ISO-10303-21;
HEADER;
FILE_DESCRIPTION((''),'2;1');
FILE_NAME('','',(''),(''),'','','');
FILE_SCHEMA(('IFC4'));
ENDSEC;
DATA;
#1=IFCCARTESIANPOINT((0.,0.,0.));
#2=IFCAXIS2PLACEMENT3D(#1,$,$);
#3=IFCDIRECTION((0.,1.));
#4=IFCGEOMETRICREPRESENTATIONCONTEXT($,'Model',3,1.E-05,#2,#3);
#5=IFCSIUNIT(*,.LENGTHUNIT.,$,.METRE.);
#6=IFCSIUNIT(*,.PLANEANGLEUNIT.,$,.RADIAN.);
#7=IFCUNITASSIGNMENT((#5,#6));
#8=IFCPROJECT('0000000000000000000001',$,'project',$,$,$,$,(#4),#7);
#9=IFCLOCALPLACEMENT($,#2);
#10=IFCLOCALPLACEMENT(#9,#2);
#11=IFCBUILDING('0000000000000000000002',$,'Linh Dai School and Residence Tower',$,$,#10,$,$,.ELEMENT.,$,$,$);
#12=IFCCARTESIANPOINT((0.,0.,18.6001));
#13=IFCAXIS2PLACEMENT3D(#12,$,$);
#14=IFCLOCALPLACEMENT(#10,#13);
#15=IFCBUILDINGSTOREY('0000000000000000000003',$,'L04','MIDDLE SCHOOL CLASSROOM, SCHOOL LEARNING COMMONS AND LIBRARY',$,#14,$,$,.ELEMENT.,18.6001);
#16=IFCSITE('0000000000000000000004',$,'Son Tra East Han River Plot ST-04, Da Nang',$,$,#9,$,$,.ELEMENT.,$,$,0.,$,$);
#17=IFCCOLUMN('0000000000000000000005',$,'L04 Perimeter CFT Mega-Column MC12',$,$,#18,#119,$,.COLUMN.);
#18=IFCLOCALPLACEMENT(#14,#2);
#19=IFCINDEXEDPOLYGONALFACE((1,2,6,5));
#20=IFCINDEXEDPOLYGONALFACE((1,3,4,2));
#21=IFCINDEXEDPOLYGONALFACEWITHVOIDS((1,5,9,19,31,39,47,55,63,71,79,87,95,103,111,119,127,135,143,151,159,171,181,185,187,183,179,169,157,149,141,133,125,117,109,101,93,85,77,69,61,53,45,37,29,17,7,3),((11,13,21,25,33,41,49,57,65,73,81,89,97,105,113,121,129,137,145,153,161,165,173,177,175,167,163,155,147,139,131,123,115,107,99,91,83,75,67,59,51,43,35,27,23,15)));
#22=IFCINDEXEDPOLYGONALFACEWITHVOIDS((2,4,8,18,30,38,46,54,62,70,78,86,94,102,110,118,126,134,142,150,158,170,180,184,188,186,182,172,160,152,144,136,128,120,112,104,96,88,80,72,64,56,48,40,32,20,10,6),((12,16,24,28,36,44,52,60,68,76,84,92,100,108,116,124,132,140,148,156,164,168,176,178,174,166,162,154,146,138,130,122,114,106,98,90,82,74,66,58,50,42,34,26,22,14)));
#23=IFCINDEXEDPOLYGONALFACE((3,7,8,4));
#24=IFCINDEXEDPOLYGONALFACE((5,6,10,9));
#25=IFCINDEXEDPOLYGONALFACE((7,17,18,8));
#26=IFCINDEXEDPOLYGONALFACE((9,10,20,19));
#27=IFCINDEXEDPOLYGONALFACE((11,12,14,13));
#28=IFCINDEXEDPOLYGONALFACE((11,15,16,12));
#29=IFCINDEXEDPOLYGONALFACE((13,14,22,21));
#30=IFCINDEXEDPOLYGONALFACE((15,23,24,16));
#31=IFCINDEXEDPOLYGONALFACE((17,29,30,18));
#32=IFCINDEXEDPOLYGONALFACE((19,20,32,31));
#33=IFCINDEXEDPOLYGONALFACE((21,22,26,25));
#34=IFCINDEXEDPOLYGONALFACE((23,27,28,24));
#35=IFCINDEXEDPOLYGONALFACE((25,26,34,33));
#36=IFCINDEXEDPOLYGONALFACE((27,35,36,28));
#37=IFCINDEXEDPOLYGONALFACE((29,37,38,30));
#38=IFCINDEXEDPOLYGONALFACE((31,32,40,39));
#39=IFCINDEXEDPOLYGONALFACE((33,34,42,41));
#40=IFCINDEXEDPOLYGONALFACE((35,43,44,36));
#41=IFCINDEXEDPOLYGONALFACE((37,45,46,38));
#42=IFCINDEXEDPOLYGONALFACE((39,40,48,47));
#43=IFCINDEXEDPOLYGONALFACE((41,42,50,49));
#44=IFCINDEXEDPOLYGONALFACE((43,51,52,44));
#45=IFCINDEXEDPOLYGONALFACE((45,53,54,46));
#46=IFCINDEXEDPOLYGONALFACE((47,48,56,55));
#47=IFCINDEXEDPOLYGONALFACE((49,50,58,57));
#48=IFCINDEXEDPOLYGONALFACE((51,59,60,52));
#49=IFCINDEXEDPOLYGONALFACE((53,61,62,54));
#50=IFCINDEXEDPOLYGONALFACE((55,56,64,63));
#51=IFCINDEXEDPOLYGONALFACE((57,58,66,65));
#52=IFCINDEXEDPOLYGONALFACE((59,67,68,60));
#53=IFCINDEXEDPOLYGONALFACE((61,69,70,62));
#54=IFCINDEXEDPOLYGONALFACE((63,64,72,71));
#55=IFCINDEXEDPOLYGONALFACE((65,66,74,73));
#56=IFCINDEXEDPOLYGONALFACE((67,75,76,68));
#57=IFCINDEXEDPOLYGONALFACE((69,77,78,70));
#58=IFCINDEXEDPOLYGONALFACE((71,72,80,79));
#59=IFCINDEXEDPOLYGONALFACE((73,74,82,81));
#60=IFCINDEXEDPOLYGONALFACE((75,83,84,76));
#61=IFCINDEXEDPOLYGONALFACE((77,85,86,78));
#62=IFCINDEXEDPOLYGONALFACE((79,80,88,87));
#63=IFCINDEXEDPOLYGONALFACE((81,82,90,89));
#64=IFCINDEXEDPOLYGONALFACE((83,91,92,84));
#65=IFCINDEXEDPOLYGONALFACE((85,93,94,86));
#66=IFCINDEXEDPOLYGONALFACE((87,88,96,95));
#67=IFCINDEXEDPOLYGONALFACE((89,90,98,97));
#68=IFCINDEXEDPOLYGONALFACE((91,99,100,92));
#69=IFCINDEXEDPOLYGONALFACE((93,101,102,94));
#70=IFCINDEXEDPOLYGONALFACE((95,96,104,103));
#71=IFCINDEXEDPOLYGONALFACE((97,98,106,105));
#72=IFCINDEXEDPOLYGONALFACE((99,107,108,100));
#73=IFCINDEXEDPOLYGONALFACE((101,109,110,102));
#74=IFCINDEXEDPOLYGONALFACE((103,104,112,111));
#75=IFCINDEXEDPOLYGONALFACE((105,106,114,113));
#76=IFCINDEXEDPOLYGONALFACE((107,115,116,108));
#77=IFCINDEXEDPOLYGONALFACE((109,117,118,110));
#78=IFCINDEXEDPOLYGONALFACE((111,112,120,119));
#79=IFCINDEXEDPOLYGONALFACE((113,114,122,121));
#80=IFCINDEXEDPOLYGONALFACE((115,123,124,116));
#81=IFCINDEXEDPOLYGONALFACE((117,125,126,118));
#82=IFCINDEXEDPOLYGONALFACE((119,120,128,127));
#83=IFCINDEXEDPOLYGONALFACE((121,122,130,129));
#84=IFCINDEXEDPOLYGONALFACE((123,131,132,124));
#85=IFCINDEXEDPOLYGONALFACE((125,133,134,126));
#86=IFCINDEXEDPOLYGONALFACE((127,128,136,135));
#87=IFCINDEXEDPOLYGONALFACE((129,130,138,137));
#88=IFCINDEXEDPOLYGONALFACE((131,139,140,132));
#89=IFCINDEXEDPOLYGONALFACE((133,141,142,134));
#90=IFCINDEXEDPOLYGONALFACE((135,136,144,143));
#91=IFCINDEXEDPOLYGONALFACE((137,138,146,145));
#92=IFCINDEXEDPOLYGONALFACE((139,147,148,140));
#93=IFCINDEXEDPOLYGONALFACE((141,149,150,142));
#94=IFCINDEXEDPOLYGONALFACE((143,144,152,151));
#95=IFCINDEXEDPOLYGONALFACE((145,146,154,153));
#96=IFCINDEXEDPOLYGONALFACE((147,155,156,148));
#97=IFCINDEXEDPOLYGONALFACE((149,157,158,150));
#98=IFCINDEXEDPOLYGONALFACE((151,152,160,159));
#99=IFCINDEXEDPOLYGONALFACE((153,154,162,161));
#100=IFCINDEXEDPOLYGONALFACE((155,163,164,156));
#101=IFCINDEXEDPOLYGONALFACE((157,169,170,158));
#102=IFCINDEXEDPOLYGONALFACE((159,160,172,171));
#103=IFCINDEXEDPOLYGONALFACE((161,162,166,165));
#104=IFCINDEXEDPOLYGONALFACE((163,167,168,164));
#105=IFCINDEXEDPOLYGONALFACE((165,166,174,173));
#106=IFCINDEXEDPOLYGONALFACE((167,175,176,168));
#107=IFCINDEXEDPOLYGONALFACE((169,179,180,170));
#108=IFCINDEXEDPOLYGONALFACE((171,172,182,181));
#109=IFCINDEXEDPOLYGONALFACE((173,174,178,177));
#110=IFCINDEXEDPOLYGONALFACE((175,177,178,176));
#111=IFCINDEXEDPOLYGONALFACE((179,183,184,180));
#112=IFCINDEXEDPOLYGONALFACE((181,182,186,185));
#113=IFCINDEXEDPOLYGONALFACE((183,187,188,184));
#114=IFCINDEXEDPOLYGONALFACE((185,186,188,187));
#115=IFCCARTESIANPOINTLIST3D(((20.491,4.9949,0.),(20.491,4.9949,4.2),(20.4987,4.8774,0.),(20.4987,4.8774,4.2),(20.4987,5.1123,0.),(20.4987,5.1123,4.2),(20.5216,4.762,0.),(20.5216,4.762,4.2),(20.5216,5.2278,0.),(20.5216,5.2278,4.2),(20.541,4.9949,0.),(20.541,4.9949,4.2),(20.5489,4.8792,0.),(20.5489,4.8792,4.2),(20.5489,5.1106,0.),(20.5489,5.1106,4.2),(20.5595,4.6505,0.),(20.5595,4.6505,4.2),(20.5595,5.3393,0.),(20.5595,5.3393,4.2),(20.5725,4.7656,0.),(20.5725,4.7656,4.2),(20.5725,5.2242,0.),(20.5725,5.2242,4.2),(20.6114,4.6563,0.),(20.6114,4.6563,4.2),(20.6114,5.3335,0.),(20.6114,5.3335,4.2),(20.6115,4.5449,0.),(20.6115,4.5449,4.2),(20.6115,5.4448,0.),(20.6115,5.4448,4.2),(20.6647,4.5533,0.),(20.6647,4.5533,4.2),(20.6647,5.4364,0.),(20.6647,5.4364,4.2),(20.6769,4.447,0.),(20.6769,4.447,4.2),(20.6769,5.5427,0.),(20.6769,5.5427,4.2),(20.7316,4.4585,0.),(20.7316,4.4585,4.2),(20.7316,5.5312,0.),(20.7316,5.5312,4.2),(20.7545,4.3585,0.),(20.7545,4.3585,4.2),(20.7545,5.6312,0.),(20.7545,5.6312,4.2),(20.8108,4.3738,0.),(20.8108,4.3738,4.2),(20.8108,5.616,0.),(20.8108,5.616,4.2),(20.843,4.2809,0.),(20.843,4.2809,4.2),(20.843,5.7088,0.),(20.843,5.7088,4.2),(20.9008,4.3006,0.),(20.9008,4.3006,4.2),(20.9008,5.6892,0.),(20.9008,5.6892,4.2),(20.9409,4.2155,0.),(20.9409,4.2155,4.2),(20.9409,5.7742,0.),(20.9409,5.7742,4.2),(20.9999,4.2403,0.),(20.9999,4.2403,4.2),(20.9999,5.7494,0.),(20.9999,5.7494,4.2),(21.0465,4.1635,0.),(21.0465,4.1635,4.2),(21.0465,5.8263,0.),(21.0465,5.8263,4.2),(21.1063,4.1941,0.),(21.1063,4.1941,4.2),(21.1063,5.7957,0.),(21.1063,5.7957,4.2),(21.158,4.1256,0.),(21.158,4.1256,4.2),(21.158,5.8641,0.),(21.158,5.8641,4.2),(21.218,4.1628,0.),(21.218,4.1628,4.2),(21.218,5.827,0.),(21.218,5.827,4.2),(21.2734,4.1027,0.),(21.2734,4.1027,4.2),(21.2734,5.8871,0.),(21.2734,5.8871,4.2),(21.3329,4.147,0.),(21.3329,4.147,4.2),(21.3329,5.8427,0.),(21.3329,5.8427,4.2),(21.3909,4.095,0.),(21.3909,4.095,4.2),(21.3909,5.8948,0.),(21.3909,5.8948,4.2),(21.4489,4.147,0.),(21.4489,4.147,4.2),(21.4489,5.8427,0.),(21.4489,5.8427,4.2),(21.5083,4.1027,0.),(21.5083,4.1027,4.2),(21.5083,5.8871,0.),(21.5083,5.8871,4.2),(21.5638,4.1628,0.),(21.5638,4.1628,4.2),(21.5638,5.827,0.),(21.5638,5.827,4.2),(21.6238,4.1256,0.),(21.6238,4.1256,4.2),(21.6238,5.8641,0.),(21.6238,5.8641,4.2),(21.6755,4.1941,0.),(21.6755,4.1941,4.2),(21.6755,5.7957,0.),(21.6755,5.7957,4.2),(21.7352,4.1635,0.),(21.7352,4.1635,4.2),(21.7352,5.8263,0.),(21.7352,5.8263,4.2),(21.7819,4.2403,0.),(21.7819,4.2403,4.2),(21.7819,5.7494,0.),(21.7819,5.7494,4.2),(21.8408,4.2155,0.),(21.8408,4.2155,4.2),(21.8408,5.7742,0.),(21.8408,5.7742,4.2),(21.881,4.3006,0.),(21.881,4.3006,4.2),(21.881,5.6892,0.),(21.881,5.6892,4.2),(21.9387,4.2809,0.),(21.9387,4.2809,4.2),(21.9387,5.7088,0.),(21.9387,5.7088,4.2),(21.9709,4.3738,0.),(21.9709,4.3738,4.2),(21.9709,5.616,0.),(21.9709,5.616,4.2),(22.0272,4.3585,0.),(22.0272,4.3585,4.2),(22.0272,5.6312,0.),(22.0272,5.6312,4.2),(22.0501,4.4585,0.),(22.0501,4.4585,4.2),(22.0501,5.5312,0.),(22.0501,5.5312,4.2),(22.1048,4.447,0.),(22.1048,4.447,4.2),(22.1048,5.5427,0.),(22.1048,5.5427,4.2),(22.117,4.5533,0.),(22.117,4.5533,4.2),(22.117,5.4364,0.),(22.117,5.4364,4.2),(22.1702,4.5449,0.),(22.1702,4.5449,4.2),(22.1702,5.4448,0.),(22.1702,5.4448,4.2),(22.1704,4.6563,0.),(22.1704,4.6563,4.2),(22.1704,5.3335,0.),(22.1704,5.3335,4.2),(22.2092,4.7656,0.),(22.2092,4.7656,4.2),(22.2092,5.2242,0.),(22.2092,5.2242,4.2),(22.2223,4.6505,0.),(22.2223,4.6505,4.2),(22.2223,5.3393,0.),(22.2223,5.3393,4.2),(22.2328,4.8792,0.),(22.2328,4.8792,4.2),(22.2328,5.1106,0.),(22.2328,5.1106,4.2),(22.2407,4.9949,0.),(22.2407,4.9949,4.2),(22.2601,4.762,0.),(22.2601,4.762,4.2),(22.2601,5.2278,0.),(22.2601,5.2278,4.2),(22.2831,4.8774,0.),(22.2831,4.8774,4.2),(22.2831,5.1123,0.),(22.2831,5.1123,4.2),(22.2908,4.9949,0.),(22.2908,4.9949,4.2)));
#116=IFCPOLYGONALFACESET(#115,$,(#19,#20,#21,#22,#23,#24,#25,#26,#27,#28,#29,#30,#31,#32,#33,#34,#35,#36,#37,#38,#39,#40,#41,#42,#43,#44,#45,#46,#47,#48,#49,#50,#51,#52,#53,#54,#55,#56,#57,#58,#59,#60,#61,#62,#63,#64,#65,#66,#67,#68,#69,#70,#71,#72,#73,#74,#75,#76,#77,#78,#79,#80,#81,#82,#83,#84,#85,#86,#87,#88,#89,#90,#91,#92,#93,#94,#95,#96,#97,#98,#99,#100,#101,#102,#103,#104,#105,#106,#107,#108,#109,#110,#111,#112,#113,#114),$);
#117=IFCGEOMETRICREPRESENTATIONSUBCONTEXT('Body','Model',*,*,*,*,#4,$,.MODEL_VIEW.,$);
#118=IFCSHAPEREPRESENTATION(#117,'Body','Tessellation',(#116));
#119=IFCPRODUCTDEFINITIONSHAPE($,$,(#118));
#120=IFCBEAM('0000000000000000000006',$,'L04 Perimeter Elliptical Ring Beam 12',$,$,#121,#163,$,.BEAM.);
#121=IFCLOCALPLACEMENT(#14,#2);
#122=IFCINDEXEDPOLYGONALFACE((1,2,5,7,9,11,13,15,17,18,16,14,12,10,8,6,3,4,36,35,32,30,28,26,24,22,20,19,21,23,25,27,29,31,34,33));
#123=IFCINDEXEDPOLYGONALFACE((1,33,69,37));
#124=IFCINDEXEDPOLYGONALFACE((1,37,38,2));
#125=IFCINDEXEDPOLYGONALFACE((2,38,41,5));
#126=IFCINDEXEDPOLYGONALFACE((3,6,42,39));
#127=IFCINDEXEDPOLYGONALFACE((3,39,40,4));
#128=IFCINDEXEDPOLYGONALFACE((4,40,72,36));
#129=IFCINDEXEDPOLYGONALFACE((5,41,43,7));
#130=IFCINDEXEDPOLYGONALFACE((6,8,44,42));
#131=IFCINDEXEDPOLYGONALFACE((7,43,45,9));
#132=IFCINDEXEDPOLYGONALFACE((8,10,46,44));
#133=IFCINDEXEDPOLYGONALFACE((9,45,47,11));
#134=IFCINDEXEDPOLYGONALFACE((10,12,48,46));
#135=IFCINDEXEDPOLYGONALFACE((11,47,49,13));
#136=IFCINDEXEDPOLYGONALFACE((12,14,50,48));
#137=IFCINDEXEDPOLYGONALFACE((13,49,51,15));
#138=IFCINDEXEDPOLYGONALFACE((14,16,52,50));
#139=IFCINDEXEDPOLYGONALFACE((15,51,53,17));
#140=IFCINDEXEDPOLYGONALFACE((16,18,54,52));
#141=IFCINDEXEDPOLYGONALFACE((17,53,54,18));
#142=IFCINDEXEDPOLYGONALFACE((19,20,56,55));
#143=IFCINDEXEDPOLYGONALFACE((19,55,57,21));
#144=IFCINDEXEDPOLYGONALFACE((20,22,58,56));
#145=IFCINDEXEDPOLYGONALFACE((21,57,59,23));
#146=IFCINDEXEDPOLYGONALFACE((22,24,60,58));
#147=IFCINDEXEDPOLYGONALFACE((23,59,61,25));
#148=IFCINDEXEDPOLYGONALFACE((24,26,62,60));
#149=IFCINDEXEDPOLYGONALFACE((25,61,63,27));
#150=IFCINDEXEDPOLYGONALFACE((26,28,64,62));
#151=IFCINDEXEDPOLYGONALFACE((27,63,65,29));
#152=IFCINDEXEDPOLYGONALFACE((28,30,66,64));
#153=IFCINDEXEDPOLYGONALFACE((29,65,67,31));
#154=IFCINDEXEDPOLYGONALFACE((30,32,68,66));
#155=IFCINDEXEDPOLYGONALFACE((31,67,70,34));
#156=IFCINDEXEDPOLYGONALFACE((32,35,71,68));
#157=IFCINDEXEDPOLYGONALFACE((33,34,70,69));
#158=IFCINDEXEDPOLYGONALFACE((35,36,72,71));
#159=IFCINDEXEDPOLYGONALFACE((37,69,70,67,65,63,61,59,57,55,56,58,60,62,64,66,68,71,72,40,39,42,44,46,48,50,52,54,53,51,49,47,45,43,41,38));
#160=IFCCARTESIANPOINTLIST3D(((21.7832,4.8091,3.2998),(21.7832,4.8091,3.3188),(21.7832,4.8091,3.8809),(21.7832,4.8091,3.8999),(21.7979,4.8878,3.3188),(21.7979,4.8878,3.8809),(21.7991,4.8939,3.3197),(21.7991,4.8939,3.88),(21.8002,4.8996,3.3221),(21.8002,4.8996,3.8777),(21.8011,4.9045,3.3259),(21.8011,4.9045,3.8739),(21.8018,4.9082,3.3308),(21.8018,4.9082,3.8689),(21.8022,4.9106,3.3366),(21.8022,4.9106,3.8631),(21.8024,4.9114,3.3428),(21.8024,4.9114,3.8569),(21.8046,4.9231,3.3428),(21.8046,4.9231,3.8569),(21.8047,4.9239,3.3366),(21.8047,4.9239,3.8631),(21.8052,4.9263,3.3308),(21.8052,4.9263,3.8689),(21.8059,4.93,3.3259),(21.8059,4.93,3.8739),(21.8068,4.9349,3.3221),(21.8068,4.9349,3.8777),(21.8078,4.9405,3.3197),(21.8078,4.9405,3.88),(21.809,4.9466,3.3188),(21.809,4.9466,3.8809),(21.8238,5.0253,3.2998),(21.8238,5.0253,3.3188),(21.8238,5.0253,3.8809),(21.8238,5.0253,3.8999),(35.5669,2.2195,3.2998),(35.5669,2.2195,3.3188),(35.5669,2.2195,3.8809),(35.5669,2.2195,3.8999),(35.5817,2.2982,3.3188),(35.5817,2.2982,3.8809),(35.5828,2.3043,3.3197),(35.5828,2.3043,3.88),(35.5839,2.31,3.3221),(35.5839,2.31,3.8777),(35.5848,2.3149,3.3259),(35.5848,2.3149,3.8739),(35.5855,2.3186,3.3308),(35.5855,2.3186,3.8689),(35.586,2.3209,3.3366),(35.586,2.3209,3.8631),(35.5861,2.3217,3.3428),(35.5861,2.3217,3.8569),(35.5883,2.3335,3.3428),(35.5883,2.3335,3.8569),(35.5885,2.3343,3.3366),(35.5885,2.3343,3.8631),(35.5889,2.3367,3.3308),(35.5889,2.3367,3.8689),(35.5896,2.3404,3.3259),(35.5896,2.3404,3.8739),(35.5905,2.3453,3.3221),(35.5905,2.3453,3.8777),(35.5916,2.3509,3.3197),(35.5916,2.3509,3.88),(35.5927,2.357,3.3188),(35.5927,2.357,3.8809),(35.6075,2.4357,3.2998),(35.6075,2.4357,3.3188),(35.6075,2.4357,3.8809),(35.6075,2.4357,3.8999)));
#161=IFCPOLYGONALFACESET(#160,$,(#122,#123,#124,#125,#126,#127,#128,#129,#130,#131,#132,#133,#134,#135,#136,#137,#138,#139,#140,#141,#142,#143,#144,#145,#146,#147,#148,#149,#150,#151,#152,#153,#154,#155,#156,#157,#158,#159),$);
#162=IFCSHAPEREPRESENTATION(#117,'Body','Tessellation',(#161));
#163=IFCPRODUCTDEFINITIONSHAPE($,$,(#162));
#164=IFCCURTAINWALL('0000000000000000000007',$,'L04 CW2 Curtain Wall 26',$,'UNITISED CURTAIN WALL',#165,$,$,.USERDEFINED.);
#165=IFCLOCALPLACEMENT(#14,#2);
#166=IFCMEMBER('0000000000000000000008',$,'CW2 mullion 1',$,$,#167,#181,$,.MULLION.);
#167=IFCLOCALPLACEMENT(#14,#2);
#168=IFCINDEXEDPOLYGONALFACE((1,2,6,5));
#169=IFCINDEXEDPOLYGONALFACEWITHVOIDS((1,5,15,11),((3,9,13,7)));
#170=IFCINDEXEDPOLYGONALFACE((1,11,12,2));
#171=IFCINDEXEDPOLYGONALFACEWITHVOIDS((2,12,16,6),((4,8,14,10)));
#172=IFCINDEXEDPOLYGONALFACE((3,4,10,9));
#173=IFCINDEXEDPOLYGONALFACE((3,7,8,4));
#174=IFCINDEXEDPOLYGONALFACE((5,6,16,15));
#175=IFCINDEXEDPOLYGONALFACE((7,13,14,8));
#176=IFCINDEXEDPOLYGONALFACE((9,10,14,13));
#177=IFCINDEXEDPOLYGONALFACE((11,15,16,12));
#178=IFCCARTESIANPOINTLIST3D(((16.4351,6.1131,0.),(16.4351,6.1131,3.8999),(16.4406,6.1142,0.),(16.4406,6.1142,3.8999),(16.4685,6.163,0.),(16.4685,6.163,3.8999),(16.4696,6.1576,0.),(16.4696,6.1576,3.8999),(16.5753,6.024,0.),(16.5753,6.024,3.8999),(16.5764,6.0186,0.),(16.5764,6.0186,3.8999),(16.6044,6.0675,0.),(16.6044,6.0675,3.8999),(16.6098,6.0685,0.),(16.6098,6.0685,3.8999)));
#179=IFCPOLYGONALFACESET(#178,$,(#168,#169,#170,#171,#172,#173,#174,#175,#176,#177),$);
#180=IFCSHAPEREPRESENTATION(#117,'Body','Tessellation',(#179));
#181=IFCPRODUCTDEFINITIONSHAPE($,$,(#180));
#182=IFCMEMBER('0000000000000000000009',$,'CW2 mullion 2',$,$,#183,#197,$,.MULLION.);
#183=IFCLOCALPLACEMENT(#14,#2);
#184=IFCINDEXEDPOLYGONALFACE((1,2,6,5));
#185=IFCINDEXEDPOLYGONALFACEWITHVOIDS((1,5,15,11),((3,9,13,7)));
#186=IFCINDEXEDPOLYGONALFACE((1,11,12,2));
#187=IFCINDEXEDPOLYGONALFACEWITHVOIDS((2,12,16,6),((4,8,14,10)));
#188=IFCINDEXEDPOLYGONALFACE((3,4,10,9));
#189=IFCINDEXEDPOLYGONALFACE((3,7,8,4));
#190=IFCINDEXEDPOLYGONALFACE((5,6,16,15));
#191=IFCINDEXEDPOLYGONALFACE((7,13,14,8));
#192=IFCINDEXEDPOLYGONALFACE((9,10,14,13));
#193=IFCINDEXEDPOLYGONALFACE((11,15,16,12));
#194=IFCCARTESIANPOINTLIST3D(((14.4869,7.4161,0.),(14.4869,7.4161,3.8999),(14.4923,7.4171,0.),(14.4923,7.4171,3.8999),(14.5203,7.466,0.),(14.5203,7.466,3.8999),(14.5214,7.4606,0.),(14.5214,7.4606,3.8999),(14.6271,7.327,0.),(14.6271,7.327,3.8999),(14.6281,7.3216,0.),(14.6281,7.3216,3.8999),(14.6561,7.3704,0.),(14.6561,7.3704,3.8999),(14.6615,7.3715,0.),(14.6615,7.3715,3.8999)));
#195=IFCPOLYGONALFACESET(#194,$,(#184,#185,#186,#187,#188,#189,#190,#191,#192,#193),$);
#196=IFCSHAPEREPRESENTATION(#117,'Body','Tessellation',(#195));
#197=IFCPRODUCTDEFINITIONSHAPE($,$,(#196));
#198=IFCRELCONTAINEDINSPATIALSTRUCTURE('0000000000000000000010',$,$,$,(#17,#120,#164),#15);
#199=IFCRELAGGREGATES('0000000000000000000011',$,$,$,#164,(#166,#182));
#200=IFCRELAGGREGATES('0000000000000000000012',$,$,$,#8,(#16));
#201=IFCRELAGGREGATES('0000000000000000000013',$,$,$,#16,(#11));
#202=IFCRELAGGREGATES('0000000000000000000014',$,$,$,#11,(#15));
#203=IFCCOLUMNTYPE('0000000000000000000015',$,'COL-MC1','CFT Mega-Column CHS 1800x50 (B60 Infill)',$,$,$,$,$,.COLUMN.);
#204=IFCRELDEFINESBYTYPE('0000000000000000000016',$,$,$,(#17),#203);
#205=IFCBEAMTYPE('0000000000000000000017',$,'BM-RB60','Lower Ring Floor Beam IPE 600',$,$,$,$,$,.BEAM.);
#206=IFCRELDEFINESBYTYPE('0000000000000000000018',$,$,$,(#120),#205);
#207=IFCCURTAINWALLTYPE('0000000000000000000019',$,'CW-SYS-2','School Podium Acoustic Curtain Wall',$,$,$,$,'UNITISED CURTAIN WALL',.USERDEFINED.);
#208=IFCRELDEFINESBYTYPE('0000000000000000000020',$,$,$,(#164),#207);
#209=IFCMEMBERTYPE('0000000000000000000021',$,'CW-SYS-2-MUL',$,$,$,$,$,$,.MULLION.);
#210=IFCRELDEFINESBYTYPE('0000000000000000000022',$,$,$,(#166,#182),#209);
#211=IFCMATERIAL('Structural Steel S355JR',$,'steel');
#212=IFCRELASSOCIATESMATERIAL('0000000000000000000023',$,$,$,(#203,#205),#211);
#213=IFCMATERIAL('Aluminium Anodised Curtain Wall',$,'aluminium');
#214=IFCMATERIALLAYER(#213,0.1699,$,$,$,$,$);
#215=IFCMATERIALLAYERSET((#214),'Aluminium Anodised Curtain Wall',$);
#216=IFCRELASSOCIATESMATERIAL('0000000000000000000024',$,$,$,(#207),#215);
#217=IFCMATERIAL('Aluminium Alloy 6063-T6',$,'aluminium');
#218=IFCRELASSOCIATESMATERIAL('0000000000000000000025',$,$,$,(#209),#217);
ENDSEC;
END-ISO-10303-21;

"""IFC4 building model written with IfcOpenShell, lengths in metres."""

from ifc_helpers import new_model, si_unit, direction, frame, origin, origin_2d, place, context, subcontext, project, spatial, hollow_rectangle, hollow_circle, i_section, extrude, source, transform, mapped, material, layer, layer_set, material_profile, profile_set, type_object, element, aggregate, save


model = new_model("IFC4")

# Units and contexts
model_context = context("Model", 3, precision=1e-05, world=origin(), true_north=direction((0.0, 1.0)))
body_context = subcontext(model_context, "Body", "Model", "MODEL_VIEW")
ifc_project = project(units=[si_unit("LENGTHUNIT", "METRE"), si_unit("PLANEANGLEUNIT", "RADIAN")], contexts=[model_context])

# Site, building, storey
site_placement = place(None, origin())
site = spatial("IfcSite", under=ifc_project, at=site_placement, Name="Son Tra East Han River Plot ST-04, Da Nang", CompositionType="ELEMENT", RefElevation=0.0)
building_placement = place(site_placement, origin())
building = spatial("IfcBuilding", under=site, at=building_placement, Name="Linh Dai School and Residence Tower", CompositionType="ELEMENT")
storey_placement = place(building_placement, frame((0.0, 0.0, 18.6001)))
storey = spatial("IfcBuildingStorey", under=building, at=storey_placement, Name="L04", Description="MIDDLE SCHOOL CLASSROOM, SCHOOL LEARNING COMMONS AND LIBRARY", CompositionType="ELEMENT", Elevation=18.6001)

# Column
ifc_material_1 = material(Name="Structural Steel S355JR", Category="steel")
ifc_material_profile_1 = material_profile(ifc_material_1, hollow_circle(Radius=0.8999, WallThickness=0.05, at=origin_2d()), Name="CHS 1800x50")
ifc_profile_set_1 = profile_set([ifc_material_profile_1], Name="Structural Steel S355JR")
column_type = type_object("IfcColumnType", Name="COL-MC1", Description="CFT Mega-Column CHS 1800x50 (B60 Infill)", PredefinedType="COLUMN", material=ifc_profile_set_1)
column_placement = place(storey_placement, frame((21.3909, 4.9949, 0.0), z_axis=(0.0, 0.0, 1.0), x_axis=(1.0, 0.0, 0.0)))
element("IfcColumn", 1, at=column_placement, inside=storey, type_object=column_type, Name="L04 Perimeter CFT Mega-Column MC12", PredefinedType="COLUMN", context=body_context, shape_type="SweptSolid", body=[
    extrude(hollow_circle(Radius=0.8999, WallThickness=0.05, at=origin_2d()), origin(), (0.0, 0.0, 1.0), 4.2),
])

# Beam
ifc_material_profile_2 = material_profile(ifc_material_1, i_section(OverallWidth=0.22, OverallDepth=0.6001, WebThickness=0.012, FlangeThickness=0.019, FilletRadius=0.0239, at=origin_2d()), Name="IPE 600")
ifc_profile_set_2 = profile_set([ifc_material_profile_2], Name="Structural Steel S355JR")
beam_type = type_object("IfcBeamType", Name="BM-RB60", Description="Lower Ring Floor Beam IPE 600", PredefinedType="BEAM", material=ifc_profile_set_2)
beam_placement = place(storey_placement, frame((21.8035, 4.9172, 3.5999), z_axis=(0.982806, -0.184644, 0.0), x_axis=(0.184644, 0.982806, 0.0)))
element("IfcBeam", 2, at=beam_placement, inside=storey, type_object=beam_type, Name="L04 Perimeter Elliptical Ring Beam 12", PredefinedType="BEAM", context=body_context, shape_type="SweptSolid", body=[
    extrude(i_section(OverallWidth=0.22, OverallDepth=0.6001, WebThickness=0.012, FlangeThickness=0.019, FilletRadius=0.0239, at=origin_2d()), origin(), (0.0, 0.0, 1.0), 14.0249),
])

# Curtain wall, members
ifc_material_2 = material(Name="Aluminium Anodised Curtain Wall", Category="aluminium")
ifc_layer_1 = layer(ifc_material_2, 0.1699)
ifc_layer_set_1 = layer_set([ifc_layer_1], Name="Aluminium Anodised Curtain Wall")
curtain_wall_type = type_object("IfcCurtainWallType", Name="CW-SYS-2", Description="School Podium Acoustic Curtain Wall", ElementType="UNITISED CURTAIN WALL", PredefinedType="USERDEFINED", material=ifc_layer_set_1)
curtain_wall_placement = place(storey_placement, origin())
curtain_wall = element("IfcCurtainWall", 3, at=curtain_wall_placement, inside=storey, type_object=curtain_wall_type, Name="L04 CW2 Curtain Wall 26", ObjectType="UNITISED CURTAIN WALL", PredefinedType="USERDEFINED")
ifc_material_3 = material(Name="Aluminium Alloy 6063-T6", Category="aluminium")
ifc_material_profile_3 = material_profile(ifc_material_3, hollow_rectangle(XDim=0.0601, YDim=0.1699, WallThickness=0.0039, at=origin_2d()), Name="RHS 170x60x4")
ifc_profile_set_3 = profile_set([ifc_material_profile_3], Name="Aluminium Alloy 6063-T6")
member_type_1 = type_object("IfcMemberType", Name="CW-SYS-2-MUL", PredefinedType="MULLION", material=ifc_profile_set_3)
shared_shape_1 = source(origin(), body_context, "Body", "SweptSolid", [
    extrude(hollow_rectangle(XDim=0.0601, YDim=0.1699, WallThickness=0.0039, at=origin_2d()), origin(), (0.0, 0.0, 1.0), 3.8999),
])
member_1_placement = place(storey_placement, frame((16.5225, 6.0908, 0.0), z_axis=(0.0, 0.0, 1.0), x_axis=(-0.555957, -0.831211, 0.0)))
member_1 = element("IfcMember", 4, at=member_1_placement, type_object=member_type_1, Name="CW2 mullion 1", PredefinedType="MULLION", context=body_context, shape_type="MappedRepresentation", body=[
    mapped(shared_shape_1, transform((0.0, 0.0, 0.0), x_axis=(1.0, 0.0, 0.0), y_axis=(0.0, 1.0, 0.0), z_axis=(0.0, 0.0, 1.0), scale=1.0)),
])
member_2_placement = place(storey_placement, frame((14.5742, 7.3938, 0.0), z_axis=(0.0, 0.0, 1.0), x_axis=(-0.555957, -0.831211, 0.0)))
member_2 = element("IfcMember", 5, at=member_2_placement, type_object=member_type_1, Name="CW2 mullion 2", PredefinedType="MULLION", context=body_context, shape_type="MappedRepresentation", body=[
    mapped(shared_shape_1, transform((0.0, 0.0, 0.0), x_axis=(1.0, 0.0, 0.0), y_axis=(0.0, 1.0, 0.0), z_axis=(0.0, 0.0, 1.0), scale=1.0)),
])

aggregate(curtain_wall, [member_1, member_2])

save(model, "model.ifc")
